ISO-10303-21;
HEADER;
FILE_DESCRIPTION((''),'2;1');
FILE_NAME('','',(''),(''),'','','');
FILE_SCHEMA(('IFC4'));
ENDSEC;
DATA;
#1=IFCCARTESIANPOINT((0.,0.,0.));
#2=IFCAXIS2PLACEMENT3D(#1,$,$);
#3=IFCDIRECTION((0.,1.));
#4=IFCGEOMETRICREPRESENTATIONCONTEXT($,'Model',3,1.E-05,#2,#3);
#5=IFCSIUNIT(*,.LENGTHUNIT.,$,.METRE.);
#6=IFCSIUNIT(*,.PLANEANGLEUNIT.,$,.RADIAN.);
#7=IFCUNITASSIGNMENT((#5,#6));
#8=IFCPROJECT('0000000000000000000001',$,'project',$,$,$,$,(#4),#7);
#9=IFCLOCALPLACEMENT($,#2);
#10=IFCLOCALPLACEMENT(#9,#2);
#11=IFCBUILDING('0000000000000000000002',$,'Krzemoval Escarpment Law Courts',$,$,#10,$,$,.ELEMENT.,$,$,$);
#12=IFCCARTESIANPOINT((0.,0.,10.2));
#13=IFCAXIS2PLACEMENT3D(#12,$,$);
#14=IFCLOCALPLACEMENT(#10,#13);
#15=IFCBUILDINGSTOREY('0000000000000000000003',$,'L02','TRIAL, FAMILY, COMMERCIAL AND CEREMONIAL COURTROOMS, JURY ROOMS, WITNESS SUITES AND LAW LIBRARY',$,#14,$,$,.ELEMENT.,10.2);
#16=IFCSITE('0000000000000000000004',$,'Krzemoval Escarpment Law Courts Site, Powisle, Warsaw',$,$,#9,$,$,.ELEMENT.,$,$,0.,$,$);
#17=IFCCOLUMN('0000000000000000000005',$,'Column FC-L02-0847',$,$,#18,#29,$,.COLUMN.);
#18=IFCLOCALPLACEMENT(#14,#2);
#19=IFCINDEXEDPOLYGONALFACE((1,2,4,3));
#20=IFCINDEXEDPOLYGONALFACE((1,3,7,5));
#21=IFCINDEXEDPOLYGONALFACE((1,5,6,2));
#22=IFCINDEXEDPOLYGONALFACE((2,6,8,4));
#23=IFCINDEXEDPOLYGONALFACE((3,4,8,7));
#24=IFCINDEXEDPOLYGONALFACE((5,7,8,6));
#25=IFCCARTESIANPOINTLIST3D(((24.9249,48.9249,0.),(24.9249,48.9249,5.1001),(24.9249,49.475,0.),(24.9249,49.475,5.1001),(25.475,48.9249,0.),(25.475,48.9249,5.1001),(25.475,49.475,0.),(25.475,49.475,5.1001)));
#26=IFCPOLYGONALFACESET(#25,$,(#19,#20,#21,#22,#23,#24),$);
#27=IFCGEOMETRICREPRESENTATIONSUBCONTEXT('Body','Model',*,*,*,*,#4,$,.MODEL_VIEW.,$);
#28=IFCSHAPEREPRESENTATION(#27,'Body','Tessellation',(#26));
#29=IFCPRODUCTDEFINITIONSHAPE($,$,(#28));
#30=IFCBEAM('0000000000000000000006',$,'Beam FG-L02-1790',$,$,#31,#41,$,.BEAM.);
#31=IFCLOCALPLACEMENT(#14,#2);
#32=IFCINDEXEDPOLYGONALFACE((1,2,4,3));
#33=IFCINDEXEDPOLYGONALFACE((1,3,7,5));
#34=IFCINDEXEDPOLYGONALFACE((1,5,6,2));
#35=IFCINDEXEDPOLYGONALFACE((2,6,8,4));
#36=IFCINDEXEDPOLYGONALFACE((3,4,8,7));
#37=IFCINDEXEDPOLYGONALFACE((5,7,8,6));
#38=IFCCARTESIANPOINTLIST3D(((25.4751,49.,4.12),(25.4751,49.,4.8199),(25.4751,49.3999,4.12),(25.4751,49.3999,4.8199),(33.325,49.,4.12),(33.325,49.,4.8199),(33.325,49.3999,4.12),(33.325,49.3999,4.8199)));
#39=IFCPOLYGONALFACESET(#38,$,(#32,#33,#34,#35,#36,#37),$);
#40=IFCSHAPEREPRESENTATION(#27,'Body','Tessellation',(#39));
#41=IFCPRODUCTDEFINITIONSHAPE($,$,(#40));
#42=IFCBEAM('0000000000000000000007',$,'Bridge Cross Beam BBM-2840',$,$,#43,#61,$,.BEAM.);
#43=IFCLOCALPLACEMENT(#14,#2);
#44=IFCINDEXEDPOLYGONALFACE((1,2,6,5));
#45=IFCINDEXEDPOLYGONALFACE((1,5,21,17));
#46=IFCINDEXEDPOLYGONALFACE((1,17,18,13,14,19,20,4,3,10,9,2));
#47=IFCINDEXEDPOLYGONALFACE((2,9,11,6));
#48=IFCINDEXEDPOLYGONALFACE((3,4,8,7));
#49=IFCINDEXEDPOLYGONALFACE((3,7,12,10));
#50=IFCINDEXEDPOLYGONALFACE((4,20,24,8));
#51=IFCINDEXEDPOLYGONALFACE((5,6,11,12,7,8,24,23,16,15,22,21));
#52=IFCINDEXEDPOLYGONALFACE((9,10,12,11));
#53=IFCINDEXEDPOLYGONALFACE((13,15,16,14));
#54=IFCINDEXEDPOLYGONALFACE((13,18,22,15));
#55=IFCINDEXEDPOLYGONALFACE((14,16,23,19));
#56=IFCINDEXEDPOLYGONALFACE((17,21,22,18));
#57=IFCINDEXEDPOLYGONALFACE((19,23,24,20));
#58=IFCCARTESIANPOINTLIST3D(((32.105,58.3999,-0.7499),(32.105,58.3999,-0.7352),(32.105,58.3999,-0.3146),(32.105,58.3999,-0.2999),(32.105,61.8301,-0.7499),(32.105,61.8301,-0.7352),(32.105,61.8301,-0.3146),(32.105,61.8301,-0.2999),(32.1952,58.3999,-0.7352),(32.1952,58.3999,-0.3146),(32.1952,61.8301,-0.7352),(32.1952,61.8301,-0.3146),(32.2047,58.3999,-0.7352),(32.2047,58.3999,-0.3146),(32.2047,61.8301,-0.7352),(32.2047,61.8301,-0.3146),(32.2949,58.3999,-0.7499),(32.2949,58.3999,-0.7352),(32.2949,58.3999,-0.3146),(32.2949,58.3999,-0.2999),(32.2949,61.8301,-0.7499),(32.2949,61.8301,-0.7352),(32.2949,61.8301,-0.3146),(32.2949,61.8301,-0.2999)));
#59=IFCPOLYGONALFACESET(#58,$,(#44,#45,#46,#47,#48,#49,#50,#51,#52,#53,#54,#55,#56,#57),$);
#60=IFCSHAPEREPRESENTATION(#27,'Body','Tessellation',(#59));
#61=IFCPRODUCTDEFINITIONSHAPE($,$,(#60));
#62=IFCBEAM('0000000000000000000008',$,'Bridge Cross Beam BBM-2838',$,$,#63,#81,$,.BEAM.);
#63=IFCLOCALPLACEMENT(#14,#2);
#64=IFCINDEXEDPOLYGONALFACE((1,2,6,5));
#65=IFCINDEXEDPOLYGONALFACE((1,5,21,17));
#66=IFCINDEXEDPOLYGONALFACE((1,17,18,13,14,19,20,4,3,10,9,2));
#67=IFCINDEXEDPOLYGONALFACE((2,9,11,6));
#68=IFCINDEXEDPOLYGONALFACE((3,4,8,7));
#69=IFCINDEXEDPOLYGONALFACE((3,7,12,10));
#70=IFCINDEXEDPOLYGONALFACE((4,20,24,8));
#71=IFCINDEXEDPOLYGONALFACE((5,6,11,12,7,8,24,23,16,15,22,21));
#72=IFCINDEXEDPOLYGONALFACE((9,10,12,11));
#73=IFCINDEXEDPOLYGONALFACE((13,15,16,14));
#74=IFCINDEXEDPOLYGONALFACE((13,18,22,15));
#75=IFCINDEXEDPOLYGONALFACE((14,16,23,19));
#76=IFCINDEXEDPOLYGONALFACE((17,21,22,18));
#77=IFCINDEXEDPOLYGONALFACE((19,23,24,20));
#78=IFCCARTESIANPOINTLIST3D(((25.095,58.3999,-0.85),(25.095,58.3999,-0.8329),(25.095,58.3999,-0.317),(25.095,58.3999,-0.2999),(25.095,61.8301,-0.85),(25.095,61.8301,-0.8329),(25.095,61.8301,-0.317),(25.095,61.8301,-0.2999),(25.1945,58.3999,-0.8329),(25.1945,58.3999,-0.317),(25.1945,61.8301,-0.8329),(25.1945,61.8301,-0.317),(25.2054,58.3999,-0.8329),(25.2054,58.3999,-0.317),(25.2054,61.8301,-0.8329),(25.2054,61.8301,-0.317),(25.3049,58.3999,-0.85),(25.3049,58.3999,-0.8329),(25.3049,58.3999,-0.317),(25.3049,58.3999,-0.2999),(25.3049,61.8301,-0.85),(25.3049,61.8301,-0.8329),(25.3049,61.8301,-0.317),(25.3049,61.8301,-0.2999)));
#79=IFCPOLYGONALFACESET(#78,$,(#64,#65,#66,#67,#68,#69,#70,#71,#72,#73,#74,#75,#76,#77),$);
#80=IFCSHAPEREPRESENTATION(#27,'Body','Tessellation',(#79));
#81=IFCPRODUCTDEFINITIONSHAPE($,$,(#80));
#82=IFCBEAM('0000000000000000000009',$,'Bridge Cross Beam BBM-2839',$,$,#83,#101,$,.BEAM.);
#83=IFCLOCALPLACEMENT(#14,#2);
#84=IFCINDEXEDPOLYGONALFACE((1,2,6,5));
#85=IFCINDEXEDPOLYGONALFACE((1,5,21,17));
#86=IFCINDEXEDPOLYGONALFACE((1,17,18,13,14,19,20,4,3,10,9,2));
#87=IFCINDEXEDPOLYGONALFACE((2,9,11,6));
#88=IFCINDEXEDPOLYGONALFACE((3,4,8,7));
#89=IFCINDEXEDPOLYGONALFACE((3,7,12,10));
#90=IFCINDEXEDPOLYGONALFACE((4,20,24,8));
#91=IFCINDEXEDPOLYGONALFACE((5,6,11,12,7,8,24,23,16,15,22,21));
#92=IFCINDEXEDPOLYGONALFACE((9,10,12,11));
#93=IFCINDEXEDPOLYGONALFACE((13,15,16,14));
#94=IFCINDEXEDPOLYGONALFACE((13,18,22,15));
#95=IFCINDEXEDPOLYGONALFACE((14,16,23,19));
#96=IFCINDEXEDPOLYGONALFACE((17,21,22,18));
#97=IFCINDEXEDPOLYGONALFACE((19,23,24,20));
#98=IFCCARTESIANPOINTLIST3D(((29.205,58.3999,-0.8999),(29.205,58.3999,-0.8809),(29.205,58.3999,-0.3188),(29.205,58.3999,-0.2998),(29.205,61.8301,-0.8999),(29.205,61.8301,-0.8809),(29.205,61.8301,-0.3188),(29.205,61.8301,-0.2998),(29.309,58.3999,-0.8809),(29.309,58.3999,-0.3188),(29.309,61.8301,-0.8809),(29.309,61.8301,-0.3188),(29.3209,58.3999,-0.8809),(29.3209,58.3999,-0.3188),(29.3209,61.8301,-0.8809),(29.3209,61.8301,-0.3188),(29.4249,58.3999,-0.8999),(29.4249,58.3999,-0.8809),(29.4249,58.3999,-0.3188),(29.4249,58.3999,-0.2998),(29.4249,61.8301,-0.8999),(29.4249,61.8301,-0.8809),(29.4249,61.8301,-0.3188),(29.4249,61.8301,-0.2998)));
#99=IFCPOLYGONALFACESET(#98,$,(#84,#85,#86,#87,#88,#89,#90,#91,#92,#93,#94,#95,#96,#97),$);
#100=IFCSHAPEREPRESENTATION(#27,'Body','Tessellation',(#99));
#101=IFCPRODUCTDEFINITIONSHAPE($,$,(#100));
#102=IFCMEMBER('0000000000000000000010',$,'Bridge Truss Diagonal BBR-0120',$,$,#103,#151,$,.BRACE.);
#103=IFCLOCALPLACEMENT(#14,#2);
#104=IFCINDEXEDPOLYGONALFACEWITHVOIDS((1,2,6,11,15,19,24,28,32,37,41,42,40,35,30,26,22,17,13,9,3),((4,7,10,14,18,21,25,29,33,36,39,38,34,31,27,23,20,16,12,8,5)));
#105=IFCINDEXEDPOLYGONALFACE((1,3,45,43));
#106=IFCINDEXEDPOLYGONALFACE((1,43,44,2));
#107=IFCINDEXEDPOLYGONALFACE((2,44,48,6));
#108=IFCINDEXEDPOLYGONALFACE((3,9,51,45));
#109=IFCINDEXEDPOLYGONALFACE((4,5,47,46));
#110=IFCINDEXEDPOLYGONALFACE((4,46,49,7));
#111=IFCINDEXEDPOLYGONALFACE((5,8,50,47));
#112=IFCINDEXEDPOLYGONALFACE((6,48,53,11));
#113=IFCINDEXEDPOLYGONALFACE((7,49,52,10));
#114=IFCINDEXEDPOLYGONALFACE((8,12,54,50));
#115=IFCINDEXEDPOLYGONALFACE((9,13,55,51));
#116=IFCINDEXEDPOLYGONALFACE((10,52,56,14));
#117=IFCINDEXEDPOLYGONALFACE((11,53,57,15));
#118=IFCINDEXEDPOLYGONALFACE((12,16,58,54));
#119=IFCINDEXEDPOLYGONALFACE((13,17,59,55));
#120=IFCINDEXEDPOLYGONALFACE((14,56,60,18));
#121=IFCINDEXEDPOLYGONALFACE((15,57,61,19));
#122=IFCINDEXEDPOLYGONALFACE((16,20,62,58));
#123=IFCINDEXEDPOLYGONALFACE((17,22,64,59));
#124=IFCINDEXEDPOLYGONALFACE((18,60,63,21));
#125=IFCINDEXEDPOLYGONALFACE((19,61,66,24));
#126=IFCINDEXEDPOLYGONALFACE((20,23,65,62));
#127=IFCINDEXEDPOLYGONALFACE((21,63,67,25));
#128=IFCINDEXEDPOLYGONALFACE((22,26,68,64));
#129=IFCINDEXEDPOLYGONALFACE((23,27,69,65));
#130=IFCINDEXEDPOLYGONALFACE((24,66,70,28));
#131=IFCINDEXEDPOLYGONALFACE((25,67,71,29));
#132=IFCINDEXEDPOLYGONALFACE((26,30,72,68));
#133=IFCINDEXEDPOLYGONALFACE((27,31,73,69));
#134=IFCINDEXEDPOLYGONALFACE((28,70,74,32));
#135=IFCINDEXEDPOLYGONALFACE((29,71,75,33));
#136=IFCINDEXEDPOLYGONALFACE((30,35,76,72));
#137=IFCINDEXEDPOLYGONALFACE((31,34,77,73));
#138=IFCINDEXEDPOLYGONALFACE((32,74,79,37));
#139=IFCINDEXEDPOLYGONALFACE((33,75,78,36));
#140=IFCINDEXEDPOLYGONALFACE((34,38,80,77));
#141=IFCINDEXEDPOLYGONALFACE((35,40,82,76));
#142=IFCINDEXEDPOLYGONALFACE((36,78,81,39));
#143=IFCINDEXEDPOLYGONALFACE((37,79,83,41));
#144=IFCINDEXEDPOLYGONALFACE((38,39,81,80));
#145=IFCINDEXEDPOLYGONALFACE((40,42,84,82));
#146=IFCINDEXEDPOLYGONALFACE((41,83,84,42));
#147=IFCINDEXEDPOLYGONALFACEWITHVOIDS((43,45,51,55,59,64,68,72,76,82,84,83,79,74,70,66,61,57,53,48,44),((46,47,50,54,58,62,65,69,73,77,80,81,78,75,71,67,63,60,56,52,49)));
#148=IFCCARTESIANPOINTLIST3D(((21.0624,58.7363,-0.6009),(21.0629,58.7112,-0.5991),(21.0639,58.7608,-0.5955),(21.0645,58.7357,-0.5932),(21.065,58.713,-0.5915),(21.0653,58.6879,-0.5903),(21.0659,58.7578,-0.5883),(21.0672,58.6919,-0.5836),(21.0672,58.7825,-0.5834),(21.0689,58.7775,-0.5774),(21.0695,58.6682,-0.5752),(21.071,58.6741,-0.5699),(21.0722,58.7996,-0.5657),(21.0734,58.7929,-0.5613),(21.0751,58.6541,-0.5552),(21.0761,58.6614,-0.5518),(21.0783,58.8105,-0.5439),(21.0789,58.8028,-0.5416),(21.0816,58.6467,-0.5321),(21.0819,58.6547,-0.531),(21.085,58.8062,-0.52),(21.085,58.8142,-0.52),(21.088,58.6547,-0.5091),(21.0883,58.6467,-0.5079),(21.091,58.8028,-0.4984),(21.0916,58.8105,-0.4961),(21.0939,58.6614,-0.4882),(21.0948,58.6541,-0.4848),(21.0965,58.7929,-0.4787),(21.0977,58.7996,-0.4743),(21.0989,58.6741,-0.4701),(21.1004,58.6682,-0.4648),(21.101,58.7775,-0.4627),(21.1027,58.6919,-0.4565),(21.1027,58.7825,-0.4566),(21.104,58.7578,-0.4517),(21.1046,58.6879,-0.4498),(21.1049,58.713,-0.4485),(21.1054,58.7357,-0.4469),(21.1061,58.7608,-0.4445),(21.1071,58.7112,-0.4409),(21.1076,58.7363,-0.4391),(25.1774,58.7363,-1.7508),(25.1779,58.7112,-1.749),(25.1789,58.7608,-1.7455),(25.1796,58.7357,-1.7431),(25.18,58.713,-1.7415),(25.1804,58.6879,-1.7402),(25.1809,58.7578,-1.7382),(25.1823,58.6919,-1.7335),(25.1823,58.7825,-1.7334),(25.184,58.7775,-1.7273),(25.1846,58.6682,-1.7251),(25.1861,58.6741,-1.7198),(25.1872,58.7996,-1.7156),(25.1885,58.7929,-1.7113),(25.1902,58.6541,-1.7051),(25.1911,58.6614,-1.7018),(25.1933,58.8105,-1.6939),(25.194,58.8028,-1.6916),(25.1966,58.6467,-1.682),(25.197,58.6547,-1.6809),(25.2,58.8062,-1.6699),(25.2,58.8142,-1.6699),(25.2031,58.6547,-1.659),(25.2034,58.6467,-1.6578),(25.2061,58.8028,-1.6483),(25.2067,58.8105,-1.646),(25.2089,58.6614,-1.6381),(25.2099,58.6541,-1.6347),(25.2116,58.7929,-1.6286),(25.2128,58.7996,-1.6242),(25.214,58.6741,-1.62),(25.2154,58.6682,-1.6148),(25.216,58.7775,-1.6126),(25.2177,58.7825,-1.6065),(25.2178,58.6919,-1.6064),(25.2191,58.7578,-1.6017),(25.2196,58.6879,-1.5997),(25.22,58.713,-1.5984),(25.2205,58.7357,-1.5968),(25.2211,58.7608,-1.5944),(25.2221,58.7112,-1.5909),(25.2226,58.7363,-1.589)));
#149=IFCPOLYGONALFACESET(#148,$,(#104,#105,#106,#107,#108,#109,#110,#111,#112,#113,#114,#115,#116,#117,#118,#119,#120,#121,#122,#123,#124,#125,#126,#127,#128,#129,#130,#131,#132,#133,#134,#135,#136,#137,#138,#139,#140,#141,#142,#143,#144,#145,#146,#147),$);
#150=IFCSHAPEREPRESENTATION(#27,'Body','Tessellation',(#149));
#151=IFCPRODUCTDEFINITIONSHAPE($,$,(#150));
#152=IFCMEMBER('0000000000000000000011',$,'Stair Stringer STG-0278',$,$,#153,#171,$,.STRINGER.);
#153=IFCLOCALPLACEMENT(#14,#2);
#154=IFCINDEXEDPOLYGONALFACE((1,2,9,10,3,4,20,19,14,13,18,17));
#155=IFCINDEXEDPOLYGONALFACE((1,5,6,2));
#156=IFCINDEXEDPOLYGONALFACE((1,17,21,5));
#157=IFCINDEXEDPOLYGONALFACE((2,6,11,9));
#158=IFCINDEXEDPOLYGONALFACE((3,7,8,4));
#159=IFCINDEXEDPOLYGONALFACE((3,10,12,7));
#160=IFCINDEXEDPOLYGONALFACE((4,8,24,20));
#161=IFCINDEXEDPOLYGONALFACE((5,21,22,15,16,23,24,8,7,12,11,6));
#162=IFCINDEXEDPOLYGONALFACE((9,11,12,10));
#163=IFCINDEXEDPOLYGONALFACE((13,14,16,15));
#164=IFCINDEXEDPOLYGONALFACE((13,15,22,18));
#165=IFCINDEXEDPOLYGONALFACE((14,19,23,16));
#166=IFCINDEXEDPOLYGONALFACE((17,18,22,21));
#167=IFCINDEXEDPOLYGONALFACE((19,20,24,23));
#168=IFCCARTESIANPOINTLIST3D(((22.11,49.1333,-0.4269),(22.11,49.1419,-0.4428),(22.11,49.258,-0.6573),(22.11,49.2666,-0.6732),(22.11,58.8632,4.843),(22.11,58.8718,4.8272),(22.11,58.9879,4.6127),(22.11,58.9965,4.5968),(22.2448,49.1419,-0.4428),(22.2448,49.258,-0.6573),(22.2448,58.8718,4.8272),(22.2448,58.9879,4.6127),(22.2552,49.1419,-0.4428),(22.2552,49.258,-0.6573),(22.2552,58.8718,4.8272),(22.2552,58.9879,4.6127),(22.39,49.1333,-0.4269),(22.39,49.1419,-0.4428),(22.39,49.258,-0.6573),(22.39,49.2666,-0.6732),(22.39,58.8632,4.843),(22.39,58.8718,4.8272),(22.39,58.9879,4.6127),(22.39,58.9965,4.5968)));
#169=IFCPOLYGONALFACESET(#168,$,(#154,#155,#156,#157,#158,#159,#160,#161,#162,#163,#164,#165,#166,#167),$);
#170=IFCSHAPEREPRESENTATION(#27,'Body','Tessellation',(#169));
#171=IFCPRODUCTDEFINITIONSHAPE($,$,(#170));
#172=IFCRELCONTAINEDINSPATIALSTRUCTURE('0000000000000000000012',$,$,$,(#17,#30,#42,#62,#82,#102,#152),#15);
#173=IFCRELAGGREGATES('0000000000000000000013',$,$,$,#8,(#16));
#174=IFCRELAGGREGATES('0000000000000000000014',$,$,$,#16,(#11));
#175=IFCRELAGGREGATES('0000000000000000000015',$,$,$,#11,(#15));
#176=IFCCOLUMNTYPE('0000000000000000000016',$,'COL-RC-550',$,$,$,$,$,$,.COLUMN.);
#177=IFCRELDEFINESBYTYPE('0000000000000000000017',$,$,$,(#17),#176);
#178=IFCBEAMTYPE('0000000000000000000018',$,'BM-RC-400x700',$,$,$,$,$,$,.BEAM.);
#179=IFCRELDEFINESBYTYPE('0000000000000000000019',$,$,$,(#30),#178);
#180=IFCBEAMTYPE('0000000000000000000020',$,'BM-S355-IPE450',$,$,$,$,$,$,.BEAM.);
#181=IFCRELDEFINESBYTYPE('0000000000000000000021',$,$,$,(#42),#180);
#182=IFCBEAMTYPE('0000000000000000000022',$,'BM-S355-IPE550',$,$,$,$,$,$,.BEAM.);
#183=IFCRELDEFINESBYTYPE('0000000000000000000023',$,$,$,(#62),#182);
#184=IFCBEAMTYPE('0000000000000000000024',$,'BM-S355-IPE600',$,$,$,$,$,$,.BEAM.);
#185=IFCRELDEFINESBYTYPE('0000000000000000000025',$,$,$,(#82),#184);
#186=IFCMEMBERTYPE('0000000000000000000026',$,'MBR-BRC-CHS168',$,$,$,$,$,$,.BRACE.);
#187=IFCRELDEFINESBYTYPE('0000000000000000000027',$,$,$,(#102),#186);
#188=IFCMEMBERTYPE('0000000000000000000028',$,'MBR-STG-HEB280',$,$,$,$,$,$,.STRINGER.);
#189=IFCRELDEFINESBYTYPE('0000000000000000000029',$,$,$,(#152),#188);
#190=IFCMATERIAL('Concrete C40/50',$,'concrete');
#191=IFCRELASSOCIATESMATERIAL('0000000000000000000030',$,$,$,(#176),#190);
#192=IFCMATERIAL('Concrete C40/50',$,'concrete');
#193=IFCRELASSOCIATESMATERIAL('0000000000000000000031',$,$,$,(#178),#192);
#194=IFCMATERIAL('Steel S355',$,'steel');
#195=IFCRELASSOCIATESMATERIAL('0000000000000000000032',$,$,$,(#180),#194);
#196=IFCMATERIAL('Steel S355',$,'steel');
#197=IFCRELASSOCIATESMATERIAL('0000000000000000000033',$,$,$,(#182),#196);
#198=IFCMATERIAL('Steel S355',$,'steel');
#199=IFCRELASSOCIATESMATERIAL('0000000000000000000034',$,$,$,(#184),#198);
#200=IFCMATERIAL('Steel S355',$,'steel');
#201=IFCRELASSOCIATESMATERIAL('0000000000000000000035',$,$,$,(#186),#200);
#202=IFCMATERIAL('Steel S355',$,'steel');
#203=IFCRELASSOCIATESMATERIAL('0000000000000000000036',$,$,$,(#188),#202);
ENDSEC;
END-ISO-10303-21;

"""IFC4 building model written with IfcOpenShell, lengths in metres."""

from ifc_helpers import new_model, si_unit, direction, frame, origin, origin_2d, place, context, subcontext, project, spatial, rectangle, hollow_circle, i_section, extrude, material, material_profile, profile_set, type_object, element, save


model = new_model("IFC4")

# Units and contexts
model_context = context("Model", 3, precision=1e-05, world=origin(), true_north=direction((0.0, 1.0)))
body_context = subcontext(model_context, "Body", "Model", "MODEL_VIEW")
ifc_project = project(units=[si_unit("LENGTHUNIT", "METRE"), si_unit("PLANEANGLEUNIT", "RADIAN")], contexts=[model_context])

# Site, building, storey
site_placement = place(None, origin())
site = spatial("IfcSite", under=ifc_project, at=site_placement, Name="Krzemoval Escarpment Law Courts Site, Powisle, Warsaw", CompositionType="ELEMENT", RefElevation=0.0)
building_placement = place(site_placement, origin())
building = spatial("IfcBuilding", under=site, at=building_placement, Name="Krzemoval Escarpment Law Courts", CompositionType="ELEMENT")
storey_placement = place(building_placement, frame((0.0, 0.0, 10.2)))
storey = spatial("IfcBuildingStorey", under=building, at=storey_placement, Name="L02", Description="TRIAL, FAMILY, COMMERCIAL AND CEREMONIAL COURTROOMS, JURY ROOMS, WITNESS SUITES AND LAW LIBRARY", CompositionType="ELEMENT", Elevation=10.2)

# Column
ifc_material_1 = material(Name="Concrete C40/50", Category="concrete")
ifc_material_profile_1 = material_profile(ifc_material_1, rectangle(XDim=0.55, YDim=0.55, at=origin_2d()), Name="RC 550x550")
ifc_profile_set_1 = profile_set([ifc_material_profile_1], Name="Concrete C40/50")
column_type = type_object("IfcColumnType", Name="COL-RC-550", PredefinedType="COLUMN", material=ifc_profile_set_1)
column_placement = place(storey_placement, frame((25.2, 49.2, 0.0), z_axis=(0.0, 0.0, 1.0), x_axis=(1.0, 0.0, 0.0)))
element("IfcColumn", 1, at=column_placement, inside=storey, type_object=column_type, Name="Column FC-L02-0847", PredefinedType="COLUMN", context=body_context, shape_type="SweptSolid", body=[
    extrude(rectangle(XDim=0.55, YDim=0.55, at=origin_2d()), origin(), (0.0, 0.0, 1.0), 5.1001),
])

# Beams
ifc_material_2 = material(Name="Concrete C40/50", Category="concrete")
ifc_material_profile_2 = material_profile(ifc_material_2, rectangle(XDim=0.3999, YDim=0.7, at=origin_2d()), Name="RCB 400x700")
ifc_profile_set_2 = profile_set([ifc_material_profile_2], Name="Concrete C40/50")
beam_type_1 = type_object("IfcBeamType", Name="BM-RC-400x700", PredefinedType="BEAM", material=ifc_profile_set_2)
beam_1_placement = place(storey_placement, frame((25.4751, 49.2, 4.47), z_axis=(1.0, 0.0, 0.0), x_axis=(0.0, 1.0, 0.0)))
element("IfcBeam", 2, at=beam_1_placement, inside=storey, type_object=beam_type_1, Name="Beam FG-L02-1790", PredefinedType="BEAM", context=body_context, shape_type="SweptSolid", body=[
    extrude(rectangle(XDim=0.3999, YDim=0.7, at=origin_2d()), origin(), (0.0, 0.0, 1.0), 7.8499),
])
ifc_material_3 = material(Name="Steel S355", Category="steel")
ifc_material_profile_3 = material_profile(ifc_material_3, i_section(OverallWidth=0.1899, OverallDepth=0.45, WebThickness=0.0095, FlangeThickness=0.0146, at=origin_2d()), Name="IPE 450")
ifc_profile_set_3 = profile_set([ifc_material_profile_3], Name="Steel S355")
beam_type_2 = type_object("IfcBeamType", Name="BM-S355-IPE450", PredefinedType="BEAM", material=ifc_profile_set_3)
beam_2_placement = place(storey_placement, frame((32.2, 58.3999, -0.5249), z_axis=(0.0, 1.0, 0.0), x_axis=(-1.0, 0.0, 0.0)))
element("IfcBeam", 3, at=beam_2_placement, inside=storey, type_object=beam_type_2, Name="Bridge Cross Beam BBM-2840", PredefinedType="BEAM", context=body_context, shape_type="SweptSolid", body=[
    extrude(i_section(OverallWidth=0.1899, OverallDepth=0.45, WebThickness=0.0095, FlangeThickness=0.0146, at=origin_2d()), origin(), (0.0, 0.0, 1.0), 3.4302),
])
ifc_material_4 = material(Name="Steel S355", Category="steel")
ifc_material_profile_4 = material_profile(ifc_material_4, i_section(OverallWidth=0.21, OverallDepth=0.55, WebThickness=0.011, FlangeThickness=0.0171, at=origin_2d()), Name="IPE 550")
ifc_profile_set_4 = profile_set([ifc_material_profile_4], Name="Steel S355")
beam_type_3 = type_object("IfcBeamType", Name="BM-S355-IPE550", PredefinedType="BEAM", material=ifc_profile_set_4)
beam_3_placement = place(storey_placement, frame((25.2, 58.3999, -0.575), z_axis=(0.0, 1.0, 0.0), x_axis=(-1.0, 0.0, 0.0)))
element("IfcBeam", 4, at=beam_3_placement, inside=storey, type_object=beam_type_3, Name="Bridge Cross Beam BBM-2838", PredefinedType="BEAM", context=body_context, shape_type="SweptSolid", body=[
    extrude(i_section(OverallWidth=0.21, OverallDepth=0.55, WebThickness=0.011, FlangeThickness=0.0171, at=origin_2d()), origin(), (0.0, 0.0, 1.0), 3.4302),
])
ifc_material_5 = material(Name="Steel S355", Category="steel")
ifc_material_profile_5 = material_profile(ifc_material_5, i_section(OverallWidth=0.22, OverallDepth=0.6001, WebThickness=0.012, FlangeThickness=0.019, at=origin_2d()), Name="IPE 600")
ifc_profile_set_5 = profile_set([ifc_material_profile_5], Name="Steel S355")
beam_type_4 = type_object("IfcBeamType", Name="BM-S355-IPE600", PredefinedType="BEAM", material=ifc_profile_set_5)
beam_4_placement = place(storey_placement, frame((29.3149, 58.3999, -0.5999), z_axis=(0.0, 1.0, 0.0), x_axis=(-1.0, 0.0, 0.0)))
element("IfcBeam", 5, at=beam_4_placement, inside=storey, type_object=beam_type_4, Name="Bridge Cross Beam BBM-2839", PredefinedType="BEAM", context=body_context, shape_type="SweptSolid", body=[
    extrude(i_section(OverallWidth=0.22, OverallDepth=0.6001, WebThickness=0.012, FlangeThickness=0.019, at=origin_2d()), origin(), (0.0, 0.0, 1.0), 3.4302),
])

# Members
ifc_material_6 = material(Name="Steel S355", Category="steel")
ifc_material_profile_6 = material_profile(ifc_material_6, hollow_circle(Radius=0.0842, WallThickness=0.0081, at=origin_2d()), Name="CHS 168.3x8")
ifc_profile_set_6 = profile_set([ifc_material_profile_6], Name="Steel S355")
member_type_1 = type_object("IfcMemberType", Name="MBR-BRC-CHS168", PredefinedType="BRACE", material=ifc_profile_set_6)
member_1_placement = place(storey_placement, frame((21.085, 58.73, -0.52), z_axis=(0.963103, 0.0, -0.269132), x_axis=(0.0, 1.0, 0.0)))
element("IfcMember", 6, at=member_1_placement, inside=storey, type_object=member_type_1, Name="Bridge Truss Diagonal BBR-0120", PredefinedType="BRACE", context=body_context, shape_type="SweptSolid", body=[
    extrude(hollow_circle(Radius=0.0842, WallThickness=0.0081, at=origin_2d()), origin(), (0.0, 0.0, 1.0), 4.2727),
])
ifc_material_7 = material(Name="Steel S355", Category="steel")
ifc_material_profile_7 = material_profile(ifc_material_7, i_section(OverallWidth=0.28, OverallDepth=0.28, WebThickness=0.0105, FlangeThickness=0.0181, at=origin_2d()), Name="HEB 280")
ifc_profile_set_7 = profile_set([ifc_material_profile_7], Name="Steel S355")
member_type_2 = type_object("IfcMemberType", Name="MBR-STG-HEB280", PredefinedType="STRINGER", material=ifc_profile_set_7)
for number, where, z_axis, x_axis, name in (
    (7, (22.25, 49.2, -0.55), (0.0, 0.879307, 0.476256), (-1.0, 0.0, 0.0), "Stair Stringer STG-0278"),
):
    element("IfcMember", number, at=place(storey_placement, frame(where, z_axis=z_axis, x_axis=x_axis)), inside=storey, type_object=member_type_2, Name=name, PredefinedType="STRINGER", context=body_context, shape_type="SweptSolid", body=[
        extrude(i_section(OverallWidth=0.28, OverallDepth=0.28, WebThickness=0.0105, FlangeThickness=0.0181, at=origin_2d()), origin(), (0.0, 0.0, 1.0), 11.0654),
    ])

save(model, "model.ifc")
